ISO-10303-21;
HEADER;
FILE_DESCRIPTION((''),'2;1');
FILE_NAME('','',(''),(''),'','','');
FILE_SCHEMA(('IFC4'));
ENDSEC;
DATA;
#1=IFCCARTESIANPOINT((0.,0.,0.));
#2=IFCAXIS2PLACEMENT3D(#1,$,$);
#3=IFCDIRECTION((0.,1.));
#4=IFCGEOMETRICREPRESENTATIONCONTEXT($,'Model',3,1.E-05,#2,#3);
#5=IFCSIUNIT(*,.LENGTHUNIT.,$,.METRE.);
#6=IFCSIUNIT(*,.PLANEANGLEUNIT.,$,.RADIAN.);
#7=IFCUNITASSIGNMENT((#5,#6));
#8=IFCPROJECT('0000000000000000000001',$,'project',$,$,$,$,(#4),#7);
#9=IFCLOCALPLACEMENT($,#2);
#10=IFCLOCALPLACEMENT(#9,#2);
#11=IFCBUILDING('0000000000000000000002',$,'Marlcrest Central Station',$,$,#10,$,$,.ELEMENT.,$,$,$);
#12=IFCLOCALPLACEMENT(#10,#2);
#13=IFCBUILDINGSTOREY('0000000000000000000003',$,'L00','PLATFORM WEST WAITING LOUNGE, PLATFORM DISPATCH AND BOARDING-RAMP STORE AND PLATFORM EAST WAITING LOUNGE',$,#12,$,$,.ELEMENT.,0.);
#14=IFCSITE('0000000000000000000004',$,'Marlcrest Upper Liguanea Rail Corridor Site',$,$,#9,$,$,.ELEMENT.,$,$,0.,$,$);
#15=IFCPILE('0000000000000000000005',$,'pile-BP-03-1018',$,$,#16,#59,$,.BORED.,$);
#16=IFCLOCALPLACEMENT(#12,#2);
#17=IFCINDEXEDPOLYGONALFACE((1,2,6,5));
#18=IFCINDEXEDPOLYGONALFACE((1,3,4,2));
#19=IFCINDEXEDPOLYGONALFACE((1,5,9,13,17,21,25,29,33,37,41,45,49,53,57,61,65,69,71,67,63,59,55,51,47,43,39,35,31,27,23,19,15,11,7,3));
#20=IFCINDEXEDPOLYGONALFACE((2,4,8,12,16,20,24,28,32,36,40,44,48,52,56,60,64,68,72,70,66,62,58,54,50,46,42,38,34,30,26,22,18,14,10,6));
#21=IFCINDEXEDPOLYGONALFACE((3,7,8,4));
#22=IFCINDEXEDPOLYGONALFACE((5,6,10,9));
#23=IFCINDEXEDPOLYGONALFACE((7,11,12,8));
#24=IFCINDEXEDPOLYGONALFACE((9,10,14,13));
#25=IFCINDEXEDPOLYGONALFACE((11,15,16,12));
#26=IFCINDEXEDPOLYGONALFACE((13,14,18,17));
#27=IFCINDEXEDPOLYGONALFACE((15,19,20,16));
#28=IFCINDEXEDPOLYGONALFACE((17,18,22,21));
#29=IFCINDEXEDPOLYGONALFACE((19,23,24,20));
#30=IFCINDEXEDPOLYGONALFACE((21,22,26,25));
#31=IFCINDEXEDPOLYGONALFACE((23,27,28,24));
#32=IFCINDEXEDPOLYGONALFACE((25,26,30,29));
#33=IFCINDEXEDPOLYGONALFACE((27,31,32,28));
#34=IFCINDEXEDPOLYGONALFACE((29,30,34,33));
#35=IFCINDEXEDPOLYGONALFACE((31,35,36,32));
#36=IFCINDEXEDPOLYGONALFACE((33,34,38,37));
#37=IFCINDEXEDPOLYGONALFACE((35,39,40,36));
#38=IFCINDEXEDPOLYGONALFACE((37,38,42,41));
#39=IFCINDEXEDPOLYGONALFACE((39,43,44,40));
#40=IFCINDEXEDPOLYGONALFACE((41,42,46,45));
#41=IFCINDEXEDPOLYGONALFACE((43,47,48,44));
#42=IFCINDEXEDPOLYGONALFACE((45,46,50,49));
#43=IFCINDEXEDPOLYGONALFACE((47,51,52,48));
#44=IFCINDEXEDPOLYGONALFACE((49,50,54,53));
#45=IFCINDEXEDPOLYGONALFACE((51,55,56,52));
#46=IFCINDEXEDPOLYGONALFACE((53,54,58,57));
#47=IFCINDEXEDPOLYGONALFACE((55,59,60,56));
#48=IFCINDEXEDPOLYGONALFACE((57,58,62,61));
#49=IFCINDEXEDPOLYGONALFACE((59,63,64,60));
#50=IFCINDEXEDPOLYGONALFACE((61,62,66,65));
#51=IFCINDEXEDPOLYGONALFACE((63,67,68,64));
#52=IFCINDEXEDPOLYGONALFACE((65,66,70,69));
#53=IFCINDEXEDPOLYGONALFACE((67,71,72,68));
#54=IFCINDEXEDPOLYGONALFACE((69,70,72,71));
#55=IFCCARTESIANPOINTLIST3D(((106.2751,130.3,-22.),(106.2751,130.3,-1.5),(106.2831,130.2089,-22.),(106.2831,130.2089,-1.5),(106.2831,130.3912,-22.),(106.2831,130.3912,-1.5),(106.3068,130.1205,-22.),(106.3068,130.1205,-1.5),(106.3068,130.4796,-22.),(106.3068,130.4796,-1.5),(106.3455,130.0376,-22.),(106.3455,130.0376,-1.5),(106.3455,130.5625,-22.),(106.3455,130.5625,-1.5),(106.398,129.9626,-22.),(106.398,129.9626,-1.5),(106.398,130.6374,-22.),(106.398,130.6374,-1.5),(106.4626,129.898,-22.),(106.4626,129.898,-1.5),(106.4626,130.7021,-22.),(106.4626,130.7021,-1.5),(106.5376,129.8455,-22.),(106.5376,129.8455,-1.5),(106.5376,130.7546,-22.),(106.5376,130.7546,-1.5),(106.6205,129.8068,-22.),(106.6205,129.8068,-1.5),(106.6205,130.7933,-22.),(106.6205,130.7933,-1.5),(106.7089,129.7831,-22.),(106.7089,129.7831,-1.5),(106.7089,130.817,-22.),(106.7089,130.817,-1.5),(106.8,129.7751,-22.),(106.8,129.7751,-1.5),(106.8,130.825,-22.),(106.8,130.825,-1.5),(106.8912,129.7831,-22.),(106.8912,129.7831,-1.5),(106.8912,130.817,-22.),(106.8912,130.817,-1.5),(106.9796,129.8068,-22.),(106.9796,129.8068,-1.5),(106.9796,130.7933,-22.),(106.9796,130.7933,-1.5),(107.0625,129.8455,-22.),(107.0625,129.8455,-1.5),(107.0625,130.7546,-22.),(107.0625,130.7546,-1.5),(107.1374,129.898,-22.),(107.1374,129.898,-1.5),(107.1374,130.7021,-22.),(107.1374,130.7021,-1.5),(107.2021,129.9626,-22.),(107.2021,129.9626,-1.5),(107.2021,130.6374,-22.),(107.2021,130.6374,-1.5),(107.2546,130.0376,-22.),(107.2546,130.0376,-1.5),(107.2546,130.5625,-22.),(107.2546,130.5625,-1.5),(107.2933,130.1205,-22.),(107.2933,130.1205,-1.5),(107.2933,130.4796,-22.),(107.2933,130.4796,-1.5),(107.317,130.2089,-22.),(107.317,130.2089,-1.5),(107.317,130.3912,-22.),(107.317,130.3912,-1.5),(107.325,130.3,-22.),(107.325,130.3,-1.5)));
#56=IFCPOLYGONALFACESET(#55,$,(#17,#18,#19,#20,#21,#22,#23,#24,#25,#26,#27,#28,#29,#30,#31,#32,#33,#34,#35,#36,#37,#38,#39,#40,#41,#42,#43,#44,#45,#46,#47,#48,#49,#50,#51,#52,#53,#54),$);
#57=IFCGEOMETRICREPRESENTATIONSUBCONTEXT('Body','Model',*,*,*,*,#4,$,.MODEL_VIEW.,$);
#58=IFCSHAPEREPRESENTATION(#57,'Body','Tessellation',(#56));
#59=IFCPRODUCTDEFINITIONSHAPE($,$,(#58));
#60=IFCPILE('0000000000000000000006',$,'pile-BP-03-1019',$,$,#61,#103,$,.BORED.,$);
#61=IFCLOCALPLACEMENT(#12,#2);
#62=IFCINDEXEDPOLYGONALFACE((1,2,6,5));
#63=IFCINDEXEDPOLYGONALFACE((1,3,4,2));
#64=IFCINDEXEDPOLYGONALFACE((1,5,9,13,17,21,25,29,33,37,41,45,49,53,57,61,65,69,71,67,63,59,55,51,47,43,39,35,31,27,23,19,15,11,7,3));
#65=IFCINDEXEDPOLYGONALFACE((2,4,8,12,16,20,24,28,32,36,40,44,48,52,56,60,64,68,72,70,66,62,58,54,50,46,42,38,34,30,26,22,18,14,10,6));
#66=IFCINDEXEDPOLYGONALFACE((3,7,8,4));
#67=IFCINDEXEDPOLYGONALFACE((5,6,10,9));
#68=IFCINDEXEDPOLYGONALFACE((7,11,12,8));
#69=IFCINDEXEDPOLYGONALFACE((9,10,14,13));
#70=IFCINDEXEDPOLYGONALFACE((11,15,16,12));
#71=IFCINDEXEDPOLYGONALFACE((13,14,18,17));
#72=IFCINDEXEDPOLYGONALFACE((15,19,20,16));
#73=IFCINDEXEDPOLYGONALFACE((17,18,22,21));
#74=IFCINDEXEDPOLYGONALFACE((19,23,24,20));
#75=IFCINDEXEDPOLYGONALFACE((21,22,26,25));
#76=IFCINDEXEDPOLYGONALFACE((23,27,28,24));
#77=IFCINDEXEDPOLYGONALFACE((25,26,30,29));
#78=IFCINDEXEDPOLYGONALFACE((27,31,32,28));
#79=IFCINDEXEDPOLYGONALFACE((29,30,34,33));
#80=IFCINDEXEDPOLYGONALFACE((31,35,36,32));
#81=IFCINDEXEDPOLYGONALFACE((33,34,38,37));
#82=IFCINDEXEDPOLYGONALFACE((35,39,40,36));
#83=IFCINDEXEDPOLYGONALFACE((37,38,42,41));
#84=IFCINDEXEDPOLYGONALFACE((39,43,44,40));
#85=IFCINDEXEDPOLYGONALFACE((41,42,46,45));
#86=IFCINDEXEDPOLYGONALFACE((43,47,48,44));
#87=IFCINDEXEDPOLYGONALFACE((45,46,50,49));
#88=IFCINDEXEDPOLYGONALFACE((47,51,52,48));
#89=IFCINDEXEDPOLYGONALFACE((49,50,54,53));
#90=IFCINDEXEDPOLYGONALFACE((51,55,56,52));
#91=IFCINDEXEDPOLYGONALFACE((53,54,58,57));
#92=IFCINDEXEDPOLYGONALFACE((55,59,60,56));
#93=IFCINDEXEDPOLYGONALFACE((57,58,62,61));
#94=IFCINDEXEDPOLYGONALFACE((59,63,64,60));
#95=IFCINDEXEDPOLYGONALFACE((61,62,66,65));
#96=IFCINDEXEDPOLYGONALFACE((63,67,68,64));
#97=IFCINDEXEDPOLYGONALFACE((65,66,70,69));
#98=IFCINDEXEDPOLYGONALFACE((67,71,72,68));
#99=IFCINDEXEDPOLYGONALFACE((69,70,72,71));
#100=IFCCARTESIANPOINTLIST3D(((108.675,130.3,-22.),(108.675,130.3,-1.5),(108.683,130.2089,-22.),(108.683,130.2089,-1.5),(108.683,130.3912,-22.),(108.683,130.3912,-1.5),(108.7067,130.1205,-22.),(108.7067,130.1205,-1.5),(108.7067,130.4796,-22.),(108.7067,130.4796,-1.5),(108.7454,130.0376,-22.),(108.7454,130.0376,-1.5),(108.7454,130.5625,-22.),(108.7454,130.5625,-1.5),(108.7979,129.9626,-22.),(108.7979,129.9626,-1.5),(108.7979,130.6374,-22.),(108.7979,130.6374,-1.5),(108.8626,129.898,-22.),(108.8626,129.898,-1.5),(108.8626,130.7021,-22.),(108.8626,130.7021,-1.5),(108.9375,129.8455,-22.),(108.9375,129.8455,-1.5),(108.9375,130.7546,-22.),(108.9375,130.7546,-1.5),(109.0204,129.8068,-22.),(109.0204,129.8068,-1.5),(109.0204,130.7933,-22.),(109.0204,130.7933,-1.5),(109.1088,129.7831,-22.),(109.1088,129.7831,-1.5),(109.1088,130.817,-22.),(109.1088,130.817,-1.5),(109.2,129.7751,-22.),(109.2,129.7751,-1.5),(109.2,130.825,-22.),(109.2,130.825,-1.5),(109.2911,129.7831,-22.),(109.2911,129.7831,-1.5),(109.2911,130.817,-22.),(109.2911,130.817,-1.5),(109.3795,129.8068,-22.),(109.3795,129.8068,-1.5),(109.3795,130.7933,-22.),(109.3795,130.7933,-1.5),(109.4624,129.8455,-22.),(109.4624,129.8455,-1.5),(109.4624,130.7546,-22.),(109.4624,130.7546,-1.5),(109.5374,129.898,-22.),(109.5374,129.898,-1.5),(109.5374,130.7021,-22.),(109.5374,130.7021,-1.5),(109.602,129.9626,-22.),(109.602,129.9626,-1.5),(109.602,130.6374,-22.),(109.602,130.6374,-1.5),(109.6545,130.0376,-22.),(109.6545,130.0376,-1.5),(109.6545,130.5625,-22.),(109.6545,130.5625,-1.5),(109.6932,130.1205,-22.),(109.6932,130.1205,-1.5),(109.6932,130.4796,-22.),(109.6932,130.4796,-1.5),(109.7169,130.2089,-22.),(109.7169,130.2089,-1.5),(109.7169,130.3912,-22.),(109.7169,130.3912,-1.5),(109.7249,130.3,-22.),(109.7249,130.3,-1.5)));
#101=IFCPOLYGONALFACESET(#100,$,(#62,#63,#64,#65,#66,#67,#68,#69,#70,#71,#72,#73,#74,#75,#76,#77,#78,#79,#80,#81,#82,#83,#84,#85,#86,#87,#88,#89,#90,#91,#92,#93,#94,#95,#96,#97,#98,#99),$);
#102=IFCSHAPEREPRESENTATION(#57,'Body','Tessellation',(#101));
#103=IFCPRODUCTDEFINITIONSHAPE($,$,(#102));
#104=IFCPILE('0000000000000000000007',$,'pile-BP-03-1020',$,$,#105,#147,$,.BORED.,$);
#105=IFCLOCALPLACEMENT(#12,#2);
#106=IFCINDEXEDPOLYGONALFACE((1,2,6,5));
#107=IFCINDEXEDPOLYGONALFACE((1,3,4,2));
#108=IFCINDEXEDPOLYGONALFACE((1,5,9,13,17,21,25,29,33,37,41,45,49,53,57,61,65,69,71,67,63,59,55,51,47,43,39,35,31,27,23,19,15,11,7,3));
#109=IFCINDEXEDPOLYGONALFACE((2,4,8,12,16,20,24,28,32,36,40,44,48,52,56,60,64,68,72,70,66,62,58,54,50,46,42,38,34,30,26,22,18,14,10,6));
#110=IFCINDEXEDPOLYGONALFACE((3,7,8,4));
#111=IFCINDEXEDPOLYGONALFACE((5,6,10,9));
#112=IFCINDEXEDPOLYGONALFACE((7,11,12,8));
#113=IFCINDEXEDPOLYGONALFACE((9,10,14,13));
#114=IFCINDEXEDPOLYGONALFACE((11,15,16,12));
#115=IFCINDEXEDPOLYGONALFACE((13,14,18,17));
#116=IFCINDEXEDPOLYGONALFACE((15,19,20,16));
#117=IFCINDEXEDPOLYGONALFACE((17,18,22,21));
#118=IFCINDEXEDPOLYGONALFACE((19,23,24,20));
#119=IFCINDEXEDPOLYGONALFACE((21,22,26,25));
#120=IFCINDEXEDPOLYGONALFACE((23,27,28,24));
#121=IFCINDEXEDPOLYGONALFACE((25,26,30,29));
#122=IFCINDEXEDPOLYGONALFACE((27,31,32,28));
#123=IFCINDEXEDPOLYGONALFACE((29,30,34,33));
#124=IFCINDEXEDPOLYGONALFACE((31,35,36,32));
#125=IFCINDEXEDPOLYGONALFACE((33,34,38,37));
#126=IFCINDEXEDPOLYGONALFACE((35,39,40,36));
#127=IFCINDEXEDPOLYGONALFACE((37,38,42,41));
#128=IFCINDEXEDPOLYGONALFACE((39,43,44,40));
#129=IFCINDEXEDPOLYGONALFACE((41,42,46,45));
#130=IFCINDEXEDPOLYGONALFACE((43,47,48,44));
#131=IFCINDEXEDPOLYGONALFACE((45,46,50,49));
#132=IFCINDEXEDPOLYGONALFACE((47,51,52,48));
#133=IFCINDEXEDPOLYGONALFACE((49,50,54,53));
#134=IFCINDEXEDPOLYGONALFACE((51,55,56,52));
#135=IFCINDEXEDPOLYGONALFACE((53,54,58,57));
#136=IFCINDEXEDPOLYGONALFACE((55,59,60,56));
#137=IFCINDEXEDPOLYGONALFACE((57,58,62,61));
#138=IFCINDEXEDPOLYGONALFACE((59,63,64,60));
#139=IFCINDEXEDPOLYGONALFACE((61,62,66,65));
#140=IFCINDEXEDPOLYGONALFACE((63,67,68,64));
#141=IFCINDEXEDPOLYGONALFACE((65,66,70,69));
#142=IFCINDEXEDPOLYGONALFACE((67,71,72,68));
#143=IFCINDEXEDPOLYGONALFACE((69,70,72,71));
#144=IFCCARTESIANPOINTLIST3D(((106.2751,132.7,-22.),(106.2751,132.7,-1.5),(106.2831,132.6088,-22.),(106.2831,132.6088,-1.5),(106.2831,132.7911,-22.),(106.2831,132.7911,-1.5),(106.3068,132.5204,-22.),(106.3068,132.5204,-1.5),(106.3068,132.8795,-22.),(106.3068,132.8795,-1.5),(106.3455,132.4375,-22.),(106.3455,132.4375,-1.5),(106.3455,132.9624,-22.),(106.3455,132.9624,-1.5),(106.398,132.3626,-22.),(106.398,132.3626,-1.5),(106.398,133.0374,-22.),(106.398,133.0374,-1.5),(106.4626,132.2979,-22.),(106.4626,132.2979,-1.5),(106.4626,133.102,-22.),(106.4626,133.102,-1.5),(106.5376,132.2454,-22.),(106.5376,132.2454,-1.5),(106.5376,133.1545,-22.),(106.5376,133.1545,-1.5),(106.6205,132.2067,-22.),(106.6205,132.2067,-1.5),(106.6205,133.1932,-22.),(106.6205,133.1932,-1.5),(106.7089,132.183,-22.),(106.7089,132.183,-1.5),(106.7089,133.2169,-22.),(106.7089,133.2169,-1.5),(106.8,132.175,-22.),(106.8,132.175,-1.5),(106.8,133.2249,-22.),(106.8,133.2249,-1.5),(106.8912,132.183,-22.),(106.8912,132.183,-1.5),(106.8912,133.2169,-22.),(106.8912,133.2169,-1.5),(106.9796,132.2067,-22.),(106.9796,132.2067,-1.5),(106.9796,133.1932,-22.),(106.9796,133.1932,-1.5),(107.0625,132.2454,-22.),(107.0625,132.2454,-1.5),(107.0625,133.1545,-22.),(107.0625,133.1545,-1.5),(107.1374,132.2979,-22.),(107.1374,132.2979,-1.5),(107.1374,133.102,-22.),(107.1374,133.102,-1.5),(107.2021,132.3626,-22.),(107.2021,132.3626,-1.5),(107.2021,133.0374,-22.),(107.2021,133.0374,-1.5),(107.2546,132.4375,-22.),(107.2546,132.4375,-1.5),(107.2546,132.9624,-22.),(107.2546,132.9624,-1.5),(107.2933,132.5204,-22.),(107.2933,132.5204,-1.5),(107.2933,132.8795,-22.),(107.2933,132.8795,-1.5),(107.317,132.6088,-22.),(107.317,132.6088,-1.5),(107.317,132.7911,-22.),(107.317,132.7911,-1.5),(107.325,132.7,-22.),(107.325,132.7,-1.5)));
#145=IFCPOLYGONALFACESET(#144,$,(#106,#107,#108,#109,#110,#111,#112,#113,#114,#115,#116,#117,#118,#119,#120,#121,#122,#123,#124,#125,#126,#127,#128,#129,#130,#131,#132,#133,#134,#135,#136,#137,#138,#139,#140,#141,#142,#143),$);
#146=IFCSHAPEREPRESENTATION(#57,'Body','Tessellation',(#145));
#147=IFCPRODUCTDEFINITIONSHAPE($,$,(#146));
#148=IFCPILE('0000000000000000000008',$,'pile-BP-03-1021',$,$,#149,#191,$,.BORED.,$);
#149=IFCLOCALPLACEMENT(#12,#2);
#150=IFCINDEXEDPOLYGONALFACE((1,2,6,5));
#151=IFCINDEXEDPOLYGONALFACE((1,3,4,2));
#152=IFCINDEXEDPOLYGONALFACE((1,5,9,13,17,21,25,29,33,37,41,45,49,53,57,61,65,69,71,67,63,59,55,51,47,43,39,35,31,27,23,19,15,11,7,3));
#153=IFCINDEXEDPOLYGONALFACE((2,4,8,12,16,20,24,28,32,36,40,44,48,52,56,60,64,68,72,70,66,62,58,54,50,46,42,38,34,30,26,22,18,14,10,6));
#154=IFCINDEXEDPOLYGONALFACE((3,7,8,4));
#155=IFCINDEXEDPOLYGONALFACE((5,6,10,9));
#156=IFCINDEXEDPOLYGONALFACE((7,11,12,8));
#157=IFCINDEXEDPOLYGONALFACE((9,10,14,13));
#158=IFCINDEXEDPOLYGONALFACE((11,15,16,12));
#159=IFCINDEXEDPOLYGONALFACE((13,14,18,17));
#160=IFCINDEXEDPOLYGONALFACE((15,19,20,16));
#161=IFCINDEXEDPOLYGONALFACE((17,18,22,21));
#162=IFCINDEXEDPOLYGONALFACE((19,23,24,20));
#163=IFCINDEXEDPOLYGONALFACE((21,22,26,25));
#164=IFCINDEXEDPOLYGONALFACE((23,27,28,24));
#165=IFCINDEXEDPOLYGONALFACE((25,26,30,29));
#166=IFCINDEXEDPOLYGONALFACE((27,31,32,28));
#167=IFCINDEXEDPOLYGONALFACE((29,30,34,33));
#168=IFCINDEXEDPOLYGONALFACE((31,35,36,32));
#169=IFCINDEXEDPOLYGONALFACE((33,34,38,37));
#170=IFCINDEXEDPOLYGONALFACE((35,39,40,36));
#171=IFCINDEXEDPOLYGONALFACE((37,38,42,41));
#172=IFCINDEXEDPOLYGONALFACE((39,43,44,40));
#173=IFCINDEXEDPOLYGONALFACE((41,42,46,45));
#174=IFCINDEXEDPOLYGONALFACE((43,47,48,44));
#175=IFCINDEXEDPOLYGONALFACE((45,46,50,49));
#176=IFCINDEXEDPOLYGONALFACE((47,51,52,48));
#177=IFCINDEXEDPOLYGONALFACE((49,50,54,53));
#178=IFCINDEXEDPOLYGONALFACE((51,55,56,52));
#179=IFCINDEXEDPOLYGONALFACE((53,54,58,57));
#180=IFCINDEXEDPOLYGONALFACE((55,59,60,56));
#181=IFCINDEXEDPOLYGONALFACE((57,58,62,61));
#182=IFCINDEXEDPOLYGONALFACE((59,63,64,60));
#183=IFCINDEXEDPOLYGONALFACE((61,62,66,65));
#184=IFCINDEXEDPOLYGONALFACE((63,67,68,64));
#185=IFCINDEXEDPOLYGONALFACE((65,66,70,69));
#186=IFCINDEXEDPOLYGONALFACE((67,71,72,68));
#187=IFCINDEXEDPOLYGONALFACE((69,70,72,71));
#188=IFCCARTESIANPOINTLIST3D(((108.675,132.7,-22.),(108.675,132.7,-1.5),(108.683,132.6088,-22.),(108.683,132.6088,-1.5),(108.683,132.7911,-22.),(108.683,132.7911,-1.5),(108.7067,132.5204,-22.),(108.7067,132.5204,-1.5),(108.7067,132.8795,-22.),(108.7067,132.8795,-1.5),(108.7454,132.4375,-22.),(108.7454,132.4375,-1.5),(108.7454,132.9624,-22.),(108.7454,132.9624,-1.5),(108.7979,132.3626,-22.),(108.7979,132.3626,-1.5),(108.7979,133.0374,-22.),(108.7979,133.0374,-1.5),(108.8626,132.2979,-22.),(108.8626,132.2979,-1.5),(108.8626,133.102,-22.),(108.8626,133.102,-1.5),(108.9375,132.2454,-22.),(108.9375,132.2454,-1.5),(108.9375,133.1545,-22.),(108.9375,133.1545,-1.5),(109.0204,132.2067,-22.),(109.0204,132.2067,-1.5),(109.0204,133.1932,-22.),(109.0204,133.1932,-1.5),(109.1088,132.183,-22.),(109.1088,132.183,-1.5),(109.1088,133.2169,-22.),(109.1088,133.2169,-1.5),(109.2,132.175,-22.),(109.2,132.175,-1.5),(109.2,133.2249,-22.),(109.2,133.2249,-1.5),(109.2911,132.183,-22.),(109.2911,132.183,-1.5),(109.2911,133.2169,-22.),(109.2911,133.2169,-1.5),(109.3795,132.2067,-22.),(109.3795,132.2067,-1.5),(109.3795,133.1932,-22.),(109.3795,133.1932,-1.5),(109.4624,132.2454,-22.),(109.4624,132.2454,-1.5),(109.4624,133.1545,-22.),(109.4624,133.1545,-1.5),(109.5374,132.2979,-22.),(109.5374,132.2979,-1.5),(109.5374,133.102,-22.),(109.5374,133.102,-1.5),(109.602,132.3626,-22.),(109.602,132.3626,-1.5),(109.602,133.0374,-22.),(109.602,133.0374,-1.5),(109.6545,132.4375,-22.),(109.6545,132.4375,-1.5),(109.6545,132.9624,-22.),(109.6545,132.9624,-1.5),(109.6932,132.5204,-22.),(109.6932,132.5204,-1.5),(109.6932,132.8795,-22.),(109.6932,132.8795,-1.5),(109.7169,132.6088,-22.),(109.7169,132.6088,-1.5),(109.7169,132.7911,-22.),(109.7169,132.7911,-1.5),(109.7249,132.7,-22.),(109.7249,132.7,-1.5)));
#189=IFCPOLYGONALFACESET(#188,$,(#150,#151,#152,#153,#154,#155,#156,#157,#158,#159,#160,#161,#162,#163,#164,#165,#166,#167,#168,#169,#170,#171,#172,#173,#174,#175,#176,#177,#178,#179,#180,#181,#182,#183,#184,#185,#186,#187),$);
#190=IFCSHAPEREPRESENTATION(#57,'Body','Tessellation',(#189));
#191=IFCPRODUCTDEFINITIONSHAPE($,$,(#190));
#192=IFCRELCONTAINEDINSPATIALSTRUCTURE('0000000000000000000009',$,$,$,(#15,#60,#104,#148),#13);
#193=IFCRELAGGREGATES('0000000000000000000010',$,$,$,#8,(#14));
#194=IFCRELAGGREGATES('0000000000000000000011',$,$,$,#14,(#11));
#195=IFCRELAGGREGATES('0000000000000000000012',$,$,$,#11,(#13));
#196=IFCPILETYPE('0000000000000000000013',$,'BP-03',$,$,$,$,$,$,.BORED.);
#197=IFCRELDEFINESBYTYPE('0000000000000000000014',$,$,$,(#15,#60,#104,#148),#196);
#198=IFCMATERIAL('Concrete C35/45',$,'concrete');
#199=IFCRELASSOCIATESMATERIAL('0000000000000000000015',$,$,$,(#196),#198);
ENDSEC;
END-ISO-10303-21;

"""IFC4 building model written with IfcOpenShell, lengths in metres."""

from ifc_helpers import new_model, si_unit, direction, frame, origin, origin_2d, place, context, subcontext, project, spatial, circle, extrude, material, material_profile, profile_set, type_object, element, save


model = new_model("IFC4")

# Units and contexts
model_context = context("Model", 3, precision=1e-05, world=origin(), true_north=direction((0.0, 1.0)))
body_context = subcontext(model_context, "Body", "Model", "MODEL_VIEW")
ifc_project = project(units=[si_unit("LENGTHUNIT", "METRE"), si_unit("PLANEANGLEUNIT", "RADIAN")], contexts=[model_context])

# Site, building, storey
site_placement = place(None, origin())
site = spatial("IfcSite", under=ifc_project, at=site_placement, Name="Marlcrest Upper Liguanea Rail Corridor Site", CompositionType="ELEMENT", RefElevation=0.0)
building_placement = place(site_placement, origin())
building = spatial("IfcBuilding", under=site, at=building_placement, Name="Marlcrest Central Station", CompositionType="ELEMENT")
storey_placement = place(building_placement, origin())
storey = spatial("IfcBuildingStorey", under=building, at=storey_placement, Name="L00", Description="PLATFORM WEST WAITING LOUNGE, PLATFORM DISPATCH AND BOARDING-RAMP STORE AND PLATFORM EAST WAITING LOUNGE", CompositionType="ELEMENT", Elevation=0.0)

# Piles
ifc_material_1 = material(Name="Concrete C35/45", Category="concrete")
ifc_material_profile_1 = material_profile(ifc_material_1, circle(Radius=0.5249, at=origin_2d()), Name="PILE D1050")
ifc_profile_set_1 = profile_set([ifc_material_profile_1], Name="Concrete C35/45")
pile_type_1 = type_object("IfcPileType", Name="BP-03", PredefinedType="BORED", material=ifc_profile_set_1)
for number, where, z_axis, x_axis, name in (
    (1, (106.8, 130.3, -1.5), (0.0, 0.0, -1.0), (1.0, 0.0, 0.0), "pile-BP-03-1018"),
    (2, (109.2, 130.3, -1.5), (0.0, 0.0, -1.0), (1.0, 0.0, 0.0), "pile-BP-03-1019"),
    (3, (106.8, 132.7, -1.5), (0.0, 0.0, -1.0), (1.0, 0.0, 0.0), "pile-BP-03-1020"),
    (4, (109.2, 132.7, -1.5), (0.0, 0.0, -1.0), (1.0, 0.0, 0.0), "pile-BP-03-1021"),
):
    element("IfcPile", number, at=place(storey_placement, frame(where, z_axis=z_axis, x_axis=x_axis)), inside=storey, type_object=pile_type_1, Name=name, PredefinedType="BORED", context=body_context, shape_type="SweptSolid", body=[
        extrude(circle(Radius=0.5249, at=origin_2d()), origin(), (0.0, 0.0, 1.0), 20.5),
    ])

save(model, "model.ifc")
